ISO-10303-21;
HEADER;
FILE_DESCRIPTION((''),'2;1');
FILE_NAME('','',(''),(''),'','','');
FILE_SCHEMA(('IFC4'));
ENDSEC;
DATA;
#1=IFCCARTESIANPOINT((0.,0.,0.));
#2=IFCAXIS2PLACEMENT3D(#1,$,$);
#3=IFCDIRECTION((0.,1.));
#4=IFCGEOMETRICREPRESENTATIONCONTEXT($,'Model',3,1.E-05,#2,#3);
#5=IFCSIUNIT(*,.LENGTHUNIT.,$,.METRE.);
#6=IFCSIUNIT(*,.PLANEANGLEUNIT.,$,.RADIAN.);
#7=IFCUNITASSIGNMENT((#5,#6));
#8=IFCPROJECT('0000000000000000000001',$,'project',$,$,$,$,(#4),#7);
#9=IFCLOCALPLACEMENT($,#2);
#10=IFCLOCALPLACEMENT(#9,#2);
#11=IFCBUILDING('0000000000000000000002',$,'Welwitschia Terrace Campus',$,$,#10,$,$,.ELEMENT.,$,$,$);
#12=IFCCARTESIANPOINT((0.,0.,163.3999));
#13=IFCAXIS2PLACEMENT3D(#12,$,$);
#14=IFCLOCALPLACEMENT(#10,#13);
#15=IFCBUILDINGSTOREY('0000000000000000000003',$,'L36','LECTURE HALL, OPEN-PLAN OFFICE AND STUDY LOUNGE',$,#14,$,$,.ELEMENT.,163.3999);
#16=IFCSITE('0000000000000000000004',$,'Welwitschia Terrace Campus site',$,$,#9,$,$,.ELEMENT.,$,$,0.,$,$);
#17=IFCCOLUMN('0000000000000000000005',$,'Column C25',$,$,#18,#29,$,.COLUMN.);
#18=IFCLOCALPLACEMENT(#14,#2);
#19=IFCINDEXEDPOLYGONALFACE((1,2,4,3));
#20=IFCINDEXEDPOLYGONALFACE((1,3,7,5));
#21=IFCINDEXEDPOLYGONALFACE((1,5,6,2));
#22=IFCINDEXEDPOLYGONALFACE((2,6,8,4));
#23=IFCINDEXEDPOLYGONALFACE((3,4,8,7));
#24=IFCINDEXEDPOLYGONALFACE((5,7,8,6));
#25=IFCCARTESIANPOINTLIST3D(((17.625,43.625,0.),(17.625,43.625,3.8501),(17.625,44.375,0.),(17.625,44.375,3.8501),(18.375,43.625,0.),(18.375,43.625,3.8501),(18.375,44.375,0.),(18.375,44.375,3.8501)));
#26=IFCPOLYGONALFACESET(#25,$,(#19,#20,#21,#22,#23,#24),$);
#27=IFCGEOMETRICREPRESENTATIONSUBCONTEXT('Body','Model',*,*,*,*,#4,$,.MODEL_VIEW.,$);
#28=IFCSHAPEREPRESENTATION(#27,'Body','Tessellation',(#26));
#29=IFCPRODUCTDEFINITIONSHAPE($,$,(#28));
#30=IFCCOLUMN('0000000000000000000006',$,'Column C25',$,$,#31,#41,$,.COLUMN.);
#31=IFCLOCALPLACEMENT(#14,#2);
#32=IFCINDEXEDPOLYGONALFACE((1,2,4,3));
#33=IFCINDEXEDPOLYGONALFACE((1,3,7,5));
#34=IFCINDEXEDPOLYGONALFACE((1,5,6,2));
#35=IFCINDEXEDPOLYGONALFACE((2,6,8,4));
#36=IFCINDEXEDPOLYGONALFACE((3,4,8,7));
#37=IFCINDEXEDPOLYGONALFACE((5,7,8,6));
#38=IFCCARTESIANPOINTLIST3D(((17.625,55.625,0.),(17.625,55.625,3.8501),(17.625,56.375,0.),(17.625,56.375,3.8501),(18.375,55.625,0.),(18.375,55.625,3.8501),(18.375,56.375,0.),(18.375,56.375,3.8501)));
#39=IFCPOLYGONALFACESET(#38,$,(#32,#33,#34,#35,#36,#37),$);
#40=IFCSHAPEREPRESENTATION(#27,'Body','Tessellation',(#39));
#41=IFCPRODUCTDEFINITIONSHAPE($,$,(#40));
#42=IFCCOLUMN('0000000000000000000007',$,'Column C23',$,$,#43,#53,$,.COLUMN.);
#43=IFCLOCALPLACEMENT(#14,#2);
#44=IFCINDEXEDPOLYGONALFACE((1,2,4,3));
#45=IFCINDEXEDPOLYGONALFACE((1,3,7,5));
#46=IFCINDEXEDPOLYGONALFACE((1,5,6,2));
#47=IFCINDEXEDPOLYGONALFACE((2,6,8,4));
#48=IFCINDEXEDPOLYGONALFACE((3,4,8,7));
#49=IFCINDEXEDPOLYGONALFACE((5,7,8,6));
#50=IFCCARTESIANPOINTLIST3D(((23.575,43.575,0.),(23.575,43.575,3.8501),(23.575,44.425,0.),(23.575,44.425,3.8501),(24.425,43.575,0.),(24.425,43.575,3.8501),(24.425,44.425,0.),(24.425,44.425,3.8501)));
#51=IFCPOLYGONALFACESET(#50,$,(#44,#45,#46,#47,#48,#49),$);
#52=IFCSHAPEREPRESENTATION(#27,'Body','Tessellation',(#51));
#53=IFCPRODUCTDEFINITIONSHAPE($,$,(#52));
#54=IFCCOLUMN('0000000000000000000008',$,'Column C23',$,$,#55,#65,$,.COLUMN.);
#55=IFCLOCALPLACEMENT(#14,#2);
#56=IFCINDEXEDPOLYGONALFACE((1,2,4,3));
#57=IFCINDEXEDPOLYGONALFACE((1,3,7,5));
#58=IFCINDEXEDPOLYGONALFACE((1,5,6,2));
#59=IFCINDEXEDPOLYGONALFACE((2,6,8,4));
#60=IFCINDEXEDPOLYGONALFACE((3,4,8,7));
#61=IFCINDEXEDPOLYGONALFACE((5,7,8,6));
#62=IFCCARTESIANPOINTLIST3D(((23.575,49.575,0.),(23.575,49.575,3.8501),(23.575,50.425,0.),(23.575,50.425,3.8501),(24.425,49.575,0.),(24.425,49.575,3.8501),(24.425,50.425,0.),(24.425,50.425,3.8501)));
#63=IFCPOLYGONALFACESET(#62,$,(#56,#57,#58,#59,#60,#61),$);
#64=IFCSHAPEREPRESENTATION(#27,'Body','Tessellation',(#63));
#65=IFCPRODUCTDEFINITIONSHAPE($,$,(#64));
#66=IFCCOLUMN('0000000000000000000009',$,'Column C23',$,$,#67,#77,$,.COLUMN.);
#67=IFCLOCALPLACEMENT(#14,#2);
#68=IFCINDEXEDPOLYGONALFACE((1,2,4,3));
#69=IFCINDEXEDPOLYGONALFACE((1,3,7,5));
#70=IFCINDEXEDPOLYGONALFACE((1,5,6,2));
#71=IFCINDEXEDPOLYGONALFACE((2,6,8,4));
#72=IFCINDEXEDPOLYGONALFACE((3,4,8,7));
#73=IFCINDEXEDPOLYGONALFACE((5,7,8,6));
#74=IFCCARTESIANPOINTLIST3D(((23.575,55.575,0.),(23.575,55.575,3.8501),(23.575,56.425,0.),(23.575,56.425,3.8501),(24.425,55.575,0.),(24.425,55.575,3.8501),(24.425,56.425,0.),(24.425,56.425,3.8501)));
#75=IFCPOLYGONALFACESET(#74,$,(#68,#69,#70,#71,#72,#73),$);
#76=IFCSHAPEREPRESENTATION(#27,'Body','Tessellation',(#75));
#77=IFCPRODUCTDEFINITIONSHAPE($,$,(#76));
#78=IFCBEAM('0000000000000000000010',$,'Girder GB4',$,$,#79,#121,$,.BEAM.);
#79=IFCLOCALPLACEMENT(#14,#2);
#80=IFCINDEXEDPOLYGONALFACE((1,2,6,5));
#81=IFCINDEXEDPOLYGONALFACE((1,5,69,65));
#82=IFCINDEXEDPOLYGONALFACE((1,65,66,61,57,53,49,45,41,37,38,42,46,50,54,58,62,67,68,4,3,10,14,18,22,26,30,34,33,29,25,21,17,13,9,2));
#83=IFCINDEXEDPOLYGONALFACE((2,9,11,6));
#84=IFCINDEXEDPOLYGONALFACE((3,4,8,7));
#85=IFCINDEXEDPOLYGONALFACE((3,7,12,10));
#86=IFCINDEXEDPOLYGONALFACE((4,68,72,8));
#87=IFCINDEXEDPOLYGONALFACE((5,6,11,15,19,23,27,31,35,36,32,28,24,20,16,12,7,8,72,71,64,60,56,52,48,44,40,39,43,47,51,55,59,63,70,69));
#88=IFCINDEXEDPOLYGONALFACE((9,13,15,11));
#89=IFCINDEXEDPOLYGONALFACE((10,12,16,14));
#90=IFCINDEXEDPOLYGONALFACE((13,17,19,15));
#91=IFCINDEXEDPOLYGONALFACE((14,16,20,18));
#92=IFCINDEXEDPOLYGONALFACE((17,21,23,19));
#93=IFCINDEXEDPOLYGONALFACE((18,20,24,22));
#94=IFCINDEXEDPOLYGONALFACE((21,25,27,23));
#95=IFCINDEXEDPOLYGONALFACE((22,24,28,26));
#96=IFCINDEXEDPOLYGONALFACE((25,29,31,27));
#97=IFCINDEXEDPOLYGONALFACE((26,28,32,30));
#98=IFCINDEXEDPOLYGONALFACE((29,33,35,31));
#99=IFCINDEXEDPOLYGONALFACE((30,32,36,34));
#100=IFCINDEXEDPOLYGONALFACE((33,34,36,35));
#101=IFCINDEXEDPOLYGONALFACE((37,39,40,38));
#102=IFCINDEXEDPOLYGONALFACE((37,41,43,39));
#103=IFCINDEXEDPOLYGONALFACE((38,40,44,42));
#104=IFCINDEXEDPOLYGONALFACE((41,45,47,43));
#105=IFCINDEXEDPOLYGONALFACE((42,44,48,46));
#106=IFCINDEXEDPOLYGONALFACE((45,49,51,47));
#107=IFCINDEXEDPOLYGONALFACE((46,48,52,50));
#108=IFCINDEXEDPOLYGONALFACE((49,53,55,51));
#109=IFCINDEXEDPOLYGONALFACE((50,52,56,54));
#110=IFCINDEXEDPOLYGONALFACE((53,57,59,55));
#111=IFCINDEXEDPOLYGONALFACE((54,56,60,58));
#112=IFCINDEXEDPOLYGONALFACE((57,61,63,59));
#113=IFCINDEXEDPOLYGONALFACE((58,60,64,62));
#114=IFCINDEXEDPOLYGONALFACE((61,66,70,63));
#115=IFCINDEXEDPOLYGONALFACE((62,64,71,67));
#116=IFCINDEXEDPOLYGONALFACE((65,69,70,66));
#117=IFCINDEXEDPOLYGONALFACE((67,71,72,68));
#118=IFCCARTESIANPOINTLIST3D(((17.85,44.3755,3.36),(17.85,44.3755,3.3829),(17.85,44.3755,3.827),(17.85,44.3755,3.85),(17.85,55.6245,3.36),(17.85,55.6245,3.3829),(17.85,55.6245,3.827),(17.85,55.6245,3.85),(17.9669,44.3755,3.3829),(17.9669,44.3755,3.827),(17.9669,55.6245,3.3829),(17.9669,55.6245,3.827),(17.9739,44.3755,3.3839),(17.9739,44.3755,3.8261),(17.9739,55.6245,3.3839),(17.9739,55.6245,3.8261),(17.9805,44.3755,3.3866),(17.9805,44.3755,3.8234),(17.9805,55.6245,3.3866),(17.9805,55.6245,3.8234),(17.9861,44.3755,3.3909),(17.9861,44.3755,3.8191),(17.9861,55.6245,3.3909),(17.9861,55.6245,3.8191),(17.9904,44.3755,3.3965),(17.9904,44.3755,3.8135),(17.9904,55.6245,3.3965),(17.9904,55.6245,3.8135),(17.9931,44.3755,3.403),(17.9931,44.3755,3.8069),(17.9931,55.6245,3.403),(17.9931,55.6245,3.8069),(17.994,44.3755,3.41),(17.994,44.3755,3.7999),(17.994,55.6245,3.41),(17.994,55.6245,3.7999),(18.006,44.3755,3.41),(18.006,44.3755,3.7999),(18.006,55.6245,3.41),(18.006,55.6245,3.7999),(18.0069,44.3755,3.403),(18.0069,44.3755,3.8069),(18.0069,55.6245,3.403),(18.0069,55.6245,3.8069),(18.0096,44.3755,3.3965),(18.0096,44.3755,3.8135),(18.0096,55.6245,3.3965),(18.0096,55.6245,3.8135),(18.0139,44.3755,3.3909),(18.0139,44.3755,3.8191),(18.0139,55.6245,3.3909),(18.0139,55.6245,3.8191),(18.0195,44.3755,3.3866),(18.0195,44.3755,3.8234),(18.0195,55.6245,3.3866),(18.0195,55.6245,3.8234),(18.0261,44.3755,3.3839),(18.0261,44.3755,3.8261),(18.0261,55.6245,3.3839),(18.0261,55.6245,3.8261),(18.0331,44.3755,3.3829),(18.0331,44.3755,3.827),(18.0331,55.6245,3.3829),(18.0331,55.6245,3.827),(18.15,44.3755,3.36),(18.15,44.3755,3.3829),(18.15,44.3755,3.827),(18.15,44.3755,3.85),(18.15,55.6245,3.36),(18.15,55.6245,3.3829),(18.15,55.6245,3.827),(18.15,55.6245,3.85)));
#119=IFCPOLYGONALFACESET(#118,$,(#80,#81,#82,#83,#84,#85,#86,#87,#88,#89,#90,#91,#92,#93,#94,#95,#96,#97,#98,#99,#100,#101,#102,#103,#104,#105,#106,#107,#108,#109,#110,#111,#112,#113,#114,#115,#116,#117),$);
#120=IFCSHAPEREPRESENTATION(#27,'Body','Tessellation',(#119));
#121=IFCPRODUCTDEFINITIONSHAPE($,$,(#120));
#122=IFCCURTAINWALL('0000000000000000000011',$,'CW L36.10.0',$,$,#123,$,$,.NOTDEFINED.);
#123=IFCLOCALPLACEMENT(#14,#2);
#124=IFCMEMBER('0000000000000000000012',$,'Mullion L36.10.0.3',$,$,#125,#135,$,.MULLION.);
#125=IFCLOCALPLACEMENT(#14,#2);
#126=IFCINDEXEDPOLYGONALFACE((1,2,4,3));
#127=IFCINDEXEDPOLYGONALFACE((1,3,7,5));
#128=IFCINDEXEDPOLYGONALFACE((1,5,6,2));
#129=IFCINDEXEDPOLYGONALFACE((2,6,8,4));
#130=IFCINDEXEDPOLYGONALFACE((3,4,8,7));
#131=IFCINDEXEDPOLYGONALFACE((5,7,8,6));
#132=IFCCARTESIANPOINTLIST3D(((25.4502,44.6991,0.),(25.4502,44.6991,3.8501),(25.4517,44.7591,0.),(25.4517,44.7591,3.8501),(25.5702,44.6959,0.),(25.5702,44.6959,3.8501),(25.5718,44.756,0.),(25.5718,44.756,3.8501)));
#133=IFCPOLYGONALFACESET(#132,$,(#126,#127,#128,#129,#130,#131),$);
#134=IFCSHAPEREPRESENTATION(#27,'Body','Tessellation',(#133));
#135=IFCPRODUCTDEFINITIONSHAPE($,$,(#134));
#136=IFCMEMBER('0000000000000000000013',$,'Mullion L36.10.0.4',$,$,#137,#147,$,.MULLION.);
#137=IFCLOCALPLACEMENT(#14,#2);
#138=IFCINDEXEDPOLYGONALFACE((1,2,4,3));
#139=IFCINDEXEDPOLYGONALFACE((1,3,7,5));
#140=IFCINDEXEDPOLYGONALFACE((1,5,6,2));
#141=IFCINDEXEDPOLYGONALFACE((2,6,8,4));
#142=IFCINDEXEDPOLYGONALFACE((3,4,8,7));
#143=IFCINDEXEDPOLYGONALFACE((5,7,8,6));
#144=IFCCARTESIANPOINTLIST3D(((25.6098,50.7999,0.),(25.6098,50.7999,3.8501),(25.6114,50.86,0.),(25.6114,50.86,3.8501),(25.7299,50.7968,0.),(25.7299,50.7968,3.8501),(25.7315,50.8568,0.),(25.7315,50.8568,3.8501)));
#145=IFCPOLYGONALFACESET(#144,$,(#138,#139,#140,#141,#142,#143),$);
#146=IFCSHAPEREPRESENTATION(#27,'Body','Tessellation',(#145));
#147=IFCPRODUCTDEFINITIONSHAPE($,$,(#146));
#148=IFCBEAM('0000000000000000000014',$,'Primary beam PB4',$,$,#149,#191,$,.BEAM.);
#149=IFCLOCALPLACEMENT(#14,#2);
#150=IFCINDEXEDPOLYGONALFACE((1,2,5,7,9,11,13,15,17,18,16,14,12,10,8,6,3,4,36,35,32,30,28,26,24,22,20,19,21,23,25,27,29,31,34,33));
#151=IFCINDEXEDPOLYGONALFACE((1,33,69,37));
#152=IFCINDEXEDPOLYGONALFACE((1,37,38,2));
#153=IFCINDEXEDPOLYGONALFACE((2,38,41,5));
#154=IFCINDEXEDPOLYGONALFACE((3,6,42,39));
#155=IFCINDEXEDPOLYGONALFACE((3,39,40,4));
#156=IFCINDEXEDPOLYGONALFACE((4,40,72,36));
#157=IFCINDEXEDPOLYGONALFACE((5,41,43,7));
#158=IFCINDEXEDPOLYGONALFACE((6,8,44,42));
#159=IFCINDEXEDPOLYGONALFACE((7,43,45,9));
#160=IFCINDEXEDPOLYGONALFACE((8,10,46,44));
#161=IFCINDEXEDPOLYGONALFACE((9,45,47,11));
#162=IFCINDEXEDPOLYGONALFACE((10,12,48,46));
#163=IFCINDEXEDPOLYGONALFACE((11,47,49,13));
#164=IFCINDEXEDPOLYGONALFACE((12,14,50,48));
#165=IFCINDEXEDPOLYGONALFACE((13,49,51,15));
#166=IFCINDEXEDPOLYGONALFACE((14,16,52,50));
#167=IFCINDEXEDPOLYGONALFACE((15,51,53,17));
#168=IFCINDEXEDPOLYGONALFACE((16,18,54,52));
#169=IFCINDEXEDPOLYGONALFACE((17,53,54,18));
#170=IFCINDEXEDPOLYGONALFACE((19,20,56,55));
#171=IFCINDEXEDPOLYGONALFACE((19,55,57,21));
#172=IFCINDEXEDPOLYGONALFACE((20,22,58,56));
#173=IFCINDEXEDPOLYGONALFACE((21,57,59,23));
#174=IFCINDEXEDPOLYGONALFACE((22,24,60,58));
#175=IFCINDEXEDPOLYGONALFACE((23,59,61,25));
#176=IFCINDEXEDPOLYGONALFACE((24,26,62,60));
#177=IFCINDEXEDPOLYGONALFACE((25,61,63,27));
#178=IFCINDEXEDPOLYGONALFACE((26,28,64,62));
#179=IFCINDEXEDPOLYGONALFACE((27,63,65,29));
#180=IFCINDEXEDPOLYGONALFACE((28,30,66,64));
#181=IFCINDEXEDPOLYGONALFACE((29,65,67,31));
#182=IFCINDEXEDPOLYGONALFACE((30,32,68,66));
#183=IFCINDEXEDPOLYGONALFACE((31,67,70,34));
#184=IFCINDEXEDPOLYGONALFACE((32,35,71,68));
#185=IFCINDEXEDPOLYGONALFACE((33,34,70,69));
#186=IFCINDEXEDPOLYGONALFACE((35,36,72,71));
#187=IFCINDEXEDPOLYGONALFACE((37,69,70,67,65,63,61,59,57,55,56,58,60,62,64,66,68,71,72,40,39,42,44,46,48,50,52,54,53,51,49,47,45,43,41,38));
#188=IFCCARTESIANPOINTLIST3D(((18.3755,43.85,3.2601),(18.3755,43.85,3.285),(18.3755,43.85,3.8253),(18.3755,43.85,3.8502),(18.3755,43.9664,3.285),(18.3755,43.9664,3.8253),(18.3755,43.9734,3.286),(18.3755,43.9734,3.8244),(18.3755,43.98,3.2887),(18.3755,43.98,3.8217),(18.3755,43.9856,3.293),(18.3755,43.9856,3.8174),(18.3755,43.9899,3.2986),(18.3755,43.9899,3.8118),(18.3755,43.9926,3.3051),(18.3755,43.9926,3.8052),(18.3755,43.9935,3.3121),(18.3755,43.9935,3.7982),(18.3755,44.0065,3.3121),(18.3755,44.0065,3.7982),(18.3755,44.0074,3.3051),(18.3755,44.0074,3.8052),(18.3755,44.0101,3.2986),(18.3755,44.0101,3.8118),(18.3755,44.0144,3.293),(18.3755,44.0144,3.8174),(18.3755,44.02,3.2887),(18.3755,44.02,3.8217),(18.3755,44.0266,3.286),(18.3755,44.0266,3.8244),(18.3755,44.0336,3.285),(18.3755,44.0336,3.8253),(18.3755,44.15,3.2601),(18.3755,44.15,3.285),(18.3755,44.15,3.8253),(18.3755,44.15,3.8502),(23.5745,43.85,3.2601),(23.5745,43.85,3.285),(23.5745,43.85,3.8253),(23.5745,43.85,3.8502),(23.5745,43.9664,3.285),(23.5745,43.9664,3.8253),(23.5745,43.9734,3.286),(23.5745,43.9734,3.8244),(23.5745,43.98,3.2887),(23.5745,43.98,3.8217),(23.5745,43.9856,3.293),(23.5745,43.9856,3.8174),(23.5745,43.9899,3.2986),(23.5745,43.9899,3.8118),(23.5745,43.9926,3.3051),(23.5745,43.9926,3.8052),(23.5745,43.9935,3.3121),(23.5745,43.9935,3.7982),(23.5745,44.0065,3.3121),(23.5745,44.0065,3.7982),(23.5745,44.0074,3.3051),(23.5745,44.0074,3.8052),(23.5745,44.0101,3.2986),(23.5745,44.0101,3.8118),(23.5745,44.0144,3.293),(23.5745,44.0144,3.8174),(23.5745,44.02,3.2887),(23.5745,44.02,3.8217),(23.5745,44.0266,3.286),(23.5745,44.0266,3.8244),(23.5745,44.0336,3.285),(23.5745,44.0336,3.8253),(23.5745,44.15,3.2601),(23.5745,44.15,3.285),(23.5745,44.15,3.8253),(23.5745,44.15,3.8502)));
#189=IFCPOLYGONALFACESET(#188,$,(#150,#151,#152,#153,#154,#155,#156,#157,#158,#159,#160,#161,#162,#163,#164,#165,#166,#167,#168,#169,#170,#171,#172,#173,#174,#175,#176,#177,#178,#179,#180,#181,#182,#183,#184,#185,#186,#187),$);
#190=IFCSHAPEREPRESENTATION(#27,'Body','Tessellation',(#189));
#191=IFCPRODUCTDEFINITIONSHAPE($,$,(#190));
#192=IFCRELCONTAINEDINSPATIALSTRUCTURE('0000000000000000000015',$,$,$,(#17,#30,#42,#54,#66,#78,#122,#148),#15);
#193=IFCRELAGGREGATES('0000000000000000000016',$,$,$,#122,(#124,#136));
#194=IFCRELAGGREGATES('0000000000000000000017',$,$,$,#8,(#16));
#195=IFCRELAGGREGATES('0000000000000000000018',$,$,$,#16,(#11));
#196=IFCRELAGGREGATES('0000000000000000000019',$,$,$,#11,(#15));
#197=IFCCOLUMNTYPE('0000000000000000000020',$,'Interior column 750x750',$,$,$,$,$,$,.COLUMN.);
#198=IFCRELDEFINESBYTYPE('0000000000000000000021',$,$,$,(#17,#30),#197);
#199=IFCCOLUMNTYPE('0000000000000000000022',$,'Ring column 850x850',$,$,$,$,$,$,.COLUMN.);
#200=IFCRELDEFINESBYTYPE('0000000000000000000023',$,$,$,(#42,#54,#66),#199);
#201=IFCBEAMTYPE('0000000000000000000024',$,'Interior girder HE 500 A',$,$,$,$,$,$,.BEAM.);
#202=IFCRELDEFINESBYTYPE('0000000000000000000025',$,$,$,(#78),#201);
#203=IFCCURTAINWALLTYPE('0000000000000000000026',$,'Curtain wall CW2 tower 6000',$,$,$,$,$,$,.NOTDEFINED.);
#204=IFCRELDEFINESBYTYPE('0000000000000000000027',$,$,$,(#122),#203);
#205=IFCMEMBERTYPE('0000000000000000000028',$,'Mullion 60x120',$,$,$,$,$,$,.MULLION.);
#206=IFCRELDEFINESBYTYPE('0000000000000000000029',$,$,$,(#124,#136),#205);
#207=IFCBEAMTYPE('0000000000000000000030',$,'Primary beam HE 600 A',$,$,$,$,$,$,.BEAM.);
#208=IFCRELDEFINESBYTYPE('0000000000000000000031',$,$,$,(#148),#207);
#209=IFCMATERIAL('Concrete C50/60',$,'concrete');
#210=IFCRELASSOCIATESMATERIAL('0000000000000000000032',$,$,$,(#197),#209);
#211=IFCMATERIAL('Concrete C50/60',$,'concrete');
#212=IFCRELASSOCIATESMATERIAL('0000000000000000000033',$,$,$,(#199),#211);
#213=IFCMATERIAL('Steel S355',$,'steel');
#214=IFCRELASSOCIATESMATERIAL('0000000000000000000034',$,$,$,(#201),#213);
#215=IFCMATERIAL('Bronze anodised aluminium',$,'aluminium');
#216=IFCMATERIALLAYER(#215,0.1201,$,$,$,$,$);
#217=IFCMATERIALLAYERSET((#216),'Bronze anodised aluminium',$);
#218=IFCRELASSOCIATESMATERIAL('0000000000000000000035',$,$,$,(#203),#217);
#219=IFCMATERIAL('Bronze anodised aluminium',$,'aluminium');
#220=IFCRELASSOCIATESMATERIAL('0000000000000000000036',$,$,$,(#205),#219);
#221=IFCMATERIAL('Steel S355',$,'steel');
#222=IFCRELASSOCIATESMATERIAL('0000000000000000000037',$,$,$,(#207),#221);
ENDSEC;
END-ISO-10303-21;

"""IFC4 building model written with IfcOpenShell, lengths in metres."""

from ifc_helpers import new_model, si_unit, direction, frame, origin, origin_2d, place, context, subcontext, project, spatial, rectangle, i_section, extrude, material, layer, layer_set, material_profile, profile_set, type_object, element, aggregate, save


model = new_model("IFC4")

# Units and contexts
model_context = context("Model", 3, precision=1e-05, world=origin(), true_north=direction((0.0, 1.0)))
body_context = subcontext(model_context, "Body", "Model", "MODEL_VIEW")
ifc_project = project(units=[si_unit("LENGTHUNIT", "METRE"), si_unit("PLANEANGLEUNIT", "RADIAN")], contexts=[model_context])

# Site, building, storey
site_placement = place(None, origin())
site = spatial("IfcSite", under=ifc_project, at=site_placement, Name="Welwitschia Terrace Campus site", CompositionType="ELEMENT", RefElevation=0.0)
building_placement = place(site_placement, origin())
building = spatial("IfcBuilding", under=site, at=building_placement, Name="Welwitschia Terrace Campus", CompositionType="ELEMENT")
storey_placement = place(building_placement, frame((0.0, 0.0, 163.3999)))
storey = spatial("IfcBuildingStorey", under=building, at=storey_placement, Name="L36", Description="LECTURE HALL, OPEN-PLAN OFFICE AND STUDY LOUNGE", CompositionType="ELEMENT", Elevation=163.3999)

# Columns
ifc_material_1 = material(Name="Concrete C50/60", Category="concrete")
ifc_material_profile_1 = material_profile(ifc_material_1, rectangle(XDim=0.75, YDim=0.75, at=origin_2d()))
ifc_profile_set_1 = profile_set([ifc_material_profile_1], Name="Concrete C50/60")
column_type_1 = type_object("IfcColumnType", Name="Interior column 750x750", PredefinedType="COLUMN", material=ifc_profile_set_1)
for number, where, z_axis, x_axis, name in (
    (1, (18.0, 44.0, 0.0), (0.0, 0.0, 1.0), (1.0, 0.0, 0.0), "Column C25"),
    (2, (18.0, 56.0, 0.0), (0.0, 0.0, 1.0), (1.0, 0.0, 0.0), "Column C25"),
):
    element("IfcColumn", number, at=place(storey_placement, frame(where, z_axis=z_axis, x_axis=x_axis)), inside=storey, type_object=column_type_1, Name=name, PredefinedType="COLUMN", context=body_context, shape_type="SweptSolid", body=[
        extrude(rectangle(XDim=0.75, YDim=0.75, at=origin_2d()), origin(), (0.0, 0.0, 1.0), 3.8501),
    ])
ifc_material_2 = material(Name="Concrete C50/60", Category="concrete")
ifc_material_profile_2 = material_profile(ifc_material_2, rectangle(XDim=0.8501, YDim=0.8501, at=origin_2d()))
ifc_profile_set_2 = profile_set([ifc_material_profile_2], Name="Concrete C50/60")
column_type_2 = type_object("IfcColumnType", Name="Ring column 850x850", PredefinedType="COLUMN", material=ifc_profile_set_2)
for number, where, z_axis, x_axis, name in (
    (3, (24.0, 44.0, 0.0), (0.0, 0.0, 1.0), (1.0, 0.0, 0.0), "Column C23"),
    (4, (24.0, 50.0, 0.0), (0.0, 0.0, 1.0), (1.0, 0.0, 0.0), "Column C23"),
    (5, (24.0, 56.0, 0.0), (0.0, 0.0, 1.0), (1.0, 0.0, 0.0), "Column C23"),
):
    element("IfcColumn", number, at=place(storey_placement, frame(where, z_axis=z_axis, x_axis=x_axis)), inside=storey, type_object=column_type_2, Name=name, PredefinedType="COLUMN", context=body_context, shape_type="SweptSolid", body=[
        extrude(rectangle(XDim=0.8501, YDim=0.8501, at=origin_2d()), origin(), (0.0, 0.0, 1.0), 3.8501),
    ])

# Beam
ifc_material_3 = material(Name="Steel S355", Category="steel")
ifc_material_profile_3 = material_profile(ifc_material_3, i_section(OverallWidth=0.3, OverallDepth=0.49, WebThickness=0.012, FlangeThickness=0.0229, FilletRadius=0.0271, at=origin_2d()))
ifc_profile_set_3 = profile_set([ifc_material_profile_3], Name="Steel S355")
beam_type_1 = type_object("IfcBeamType", Name="Interior girder HE 500 A", PredefinedType="BEAM", material=ifc_profile_set_3)
beam_placement = place(storey_placement, frame((18.0, 44.3755, 3.605), z_axis=(0.0, 1.0, 0.0), x_axis=(-1.0, 0.0, 0.0)))
element("IfcBeam", 6, at=beam_placement, inside=storey, type_object=beam_type_1, Name="Girder GB4", PredefinedType="BEAM", context=body_context, shape_type="SweptSolid", body=[
    extrude(i_section(OverallWidth=0.3, OverallDepth=0.49, WebThickness=0.012, FlangeThickness=0.0229, FilletRadius=0.0271, at=origin_2d()), origin(), (0.0, 0.0, 1.0), 11.249),
])

# Curtain wall, members
ifc_material_4 = material(Name="Bronze anodised aluminium", Category="aluminium")
ifc_layer_1 = layer(ifc_material_4, 0.1201)
ifc_layer_set_1 = layer_set([ifc_layer_1], Name="Bronze anodised aluminium")
curtain_wall_type = type_object("IfcCurtainWallType", Name="Curtain wall CW2 tower 6000", PredefinedType="NOTDEFINED", material=ifc_layer_set_1)
curtain_wall_placement = place(storey_placement, origin())
curtain_wall = element("IfcCurtainWall", 7, at=curtain_wall_placement, inside=storey, type_object=curtain_wall_type, Name="CW L36.10.0", PredefinedType="NOTDEFINED")
ifc_material_5 = material(Name="Bronze anodised aluminium", Category="aluminium")
ifc_material_profile_4 = material_profile(ifc_material_5, rectangle(XDim=0.1201, YDim=0.0601, at=origin_2d()))
ifc_profile_set_4 = profile_set([ifc_material_profile_4], Name="Bronze anodised aluminium")
member_type = type_object("IfcMemberType", Name="Mullion 60x120", PredefinedType="MULLION", material=ifc_profile_set_4)
member_1_placement = place(storey_placement, frame((25.511, 44.7275, 0.0), z_axis=(0.0, 0.0, 1.0), x_axis=(-0.999657, 0.026177, 0.0)))
member_1 = element("IfcMember", 8, at=member_1_placement, type_object=member_type, Name="Mullion L36.10.0.3", PredefinedType="MULLION", context=body_context, shape_type="SweptSolid", body=[
    extrude(rectangle(XDim=0.1201, YDim=0.0601, at=origin_2d()), origin(), (0.0, 0.0, 1.0), 3.8501),
])
member_2_placement = place(storey_placement, frame((25.6707, 50.8284, 0.0), z_axis=(0.0, 0.0, 1.0), x_axis=(-0.999657, 0.026177, 0.0)))
member_2 = element("IfcMember", 9, at=member_2_placement, type_object=member_type, Name="Mullion L36.10.0.4", PredefinedType="MULLION", context=body_context, shape_type="SweptSolid", body=[
    extrude(rectangle(XDim=0.1201, YDim=0.0601, at=origin_2d()), origin(), (0.0, 0.0, 1.0), 3.8501),
])

# Beam
ifc_material_6 = material(Name="Steel S355", Category="steel")
ifc_material_profile_5 = material_profile(ifc_material_6, i_section(OverallWidth=0.3, OverallDepth=0.5901, WebThickness=0.0129, FlangeThickness=0.0249, FilletRadius=0.0271, at=origin_2d()))
ifc_profile_set_5 = profile_set([ifc_material_profile_5], Name="Steel S355")
beam_type_2 = type_object("IfcBeamType", Name="Primary beam HE 600 A", PredefinedType="BEAM", material=ifc_profile_set_5)
for number, where, z_axis, x_axis, name in (
    (10, (23.5745, 44.0, 3.5552), (-1.0, 0.0, 0.0), (0.0, -1.0, 0.0), "Primary beam PB4"),
):
    element("IfcBeam", number, at=place(storey_placement, frame(where, z_axis=z_axis, x_axis=x_axis)), inside=storey, type_object=beam_type_2, Name=name, PredefinedType="BEAM", context=body_context, shape_type="SweptSolid", body=[
        extrude(i_section(OverallWidth=0.3, OverallDepth=0.5901, WebThickness=0.0129, FlangeThickness=0.0249, FilletRadius=0.0271, at=origin_2d()), origin(), (0.0, 0.0, 1.0), 5.199),
    ])

aggregate(curtain_wall, [member_1, member_2])

save(model, "model.ifc")
